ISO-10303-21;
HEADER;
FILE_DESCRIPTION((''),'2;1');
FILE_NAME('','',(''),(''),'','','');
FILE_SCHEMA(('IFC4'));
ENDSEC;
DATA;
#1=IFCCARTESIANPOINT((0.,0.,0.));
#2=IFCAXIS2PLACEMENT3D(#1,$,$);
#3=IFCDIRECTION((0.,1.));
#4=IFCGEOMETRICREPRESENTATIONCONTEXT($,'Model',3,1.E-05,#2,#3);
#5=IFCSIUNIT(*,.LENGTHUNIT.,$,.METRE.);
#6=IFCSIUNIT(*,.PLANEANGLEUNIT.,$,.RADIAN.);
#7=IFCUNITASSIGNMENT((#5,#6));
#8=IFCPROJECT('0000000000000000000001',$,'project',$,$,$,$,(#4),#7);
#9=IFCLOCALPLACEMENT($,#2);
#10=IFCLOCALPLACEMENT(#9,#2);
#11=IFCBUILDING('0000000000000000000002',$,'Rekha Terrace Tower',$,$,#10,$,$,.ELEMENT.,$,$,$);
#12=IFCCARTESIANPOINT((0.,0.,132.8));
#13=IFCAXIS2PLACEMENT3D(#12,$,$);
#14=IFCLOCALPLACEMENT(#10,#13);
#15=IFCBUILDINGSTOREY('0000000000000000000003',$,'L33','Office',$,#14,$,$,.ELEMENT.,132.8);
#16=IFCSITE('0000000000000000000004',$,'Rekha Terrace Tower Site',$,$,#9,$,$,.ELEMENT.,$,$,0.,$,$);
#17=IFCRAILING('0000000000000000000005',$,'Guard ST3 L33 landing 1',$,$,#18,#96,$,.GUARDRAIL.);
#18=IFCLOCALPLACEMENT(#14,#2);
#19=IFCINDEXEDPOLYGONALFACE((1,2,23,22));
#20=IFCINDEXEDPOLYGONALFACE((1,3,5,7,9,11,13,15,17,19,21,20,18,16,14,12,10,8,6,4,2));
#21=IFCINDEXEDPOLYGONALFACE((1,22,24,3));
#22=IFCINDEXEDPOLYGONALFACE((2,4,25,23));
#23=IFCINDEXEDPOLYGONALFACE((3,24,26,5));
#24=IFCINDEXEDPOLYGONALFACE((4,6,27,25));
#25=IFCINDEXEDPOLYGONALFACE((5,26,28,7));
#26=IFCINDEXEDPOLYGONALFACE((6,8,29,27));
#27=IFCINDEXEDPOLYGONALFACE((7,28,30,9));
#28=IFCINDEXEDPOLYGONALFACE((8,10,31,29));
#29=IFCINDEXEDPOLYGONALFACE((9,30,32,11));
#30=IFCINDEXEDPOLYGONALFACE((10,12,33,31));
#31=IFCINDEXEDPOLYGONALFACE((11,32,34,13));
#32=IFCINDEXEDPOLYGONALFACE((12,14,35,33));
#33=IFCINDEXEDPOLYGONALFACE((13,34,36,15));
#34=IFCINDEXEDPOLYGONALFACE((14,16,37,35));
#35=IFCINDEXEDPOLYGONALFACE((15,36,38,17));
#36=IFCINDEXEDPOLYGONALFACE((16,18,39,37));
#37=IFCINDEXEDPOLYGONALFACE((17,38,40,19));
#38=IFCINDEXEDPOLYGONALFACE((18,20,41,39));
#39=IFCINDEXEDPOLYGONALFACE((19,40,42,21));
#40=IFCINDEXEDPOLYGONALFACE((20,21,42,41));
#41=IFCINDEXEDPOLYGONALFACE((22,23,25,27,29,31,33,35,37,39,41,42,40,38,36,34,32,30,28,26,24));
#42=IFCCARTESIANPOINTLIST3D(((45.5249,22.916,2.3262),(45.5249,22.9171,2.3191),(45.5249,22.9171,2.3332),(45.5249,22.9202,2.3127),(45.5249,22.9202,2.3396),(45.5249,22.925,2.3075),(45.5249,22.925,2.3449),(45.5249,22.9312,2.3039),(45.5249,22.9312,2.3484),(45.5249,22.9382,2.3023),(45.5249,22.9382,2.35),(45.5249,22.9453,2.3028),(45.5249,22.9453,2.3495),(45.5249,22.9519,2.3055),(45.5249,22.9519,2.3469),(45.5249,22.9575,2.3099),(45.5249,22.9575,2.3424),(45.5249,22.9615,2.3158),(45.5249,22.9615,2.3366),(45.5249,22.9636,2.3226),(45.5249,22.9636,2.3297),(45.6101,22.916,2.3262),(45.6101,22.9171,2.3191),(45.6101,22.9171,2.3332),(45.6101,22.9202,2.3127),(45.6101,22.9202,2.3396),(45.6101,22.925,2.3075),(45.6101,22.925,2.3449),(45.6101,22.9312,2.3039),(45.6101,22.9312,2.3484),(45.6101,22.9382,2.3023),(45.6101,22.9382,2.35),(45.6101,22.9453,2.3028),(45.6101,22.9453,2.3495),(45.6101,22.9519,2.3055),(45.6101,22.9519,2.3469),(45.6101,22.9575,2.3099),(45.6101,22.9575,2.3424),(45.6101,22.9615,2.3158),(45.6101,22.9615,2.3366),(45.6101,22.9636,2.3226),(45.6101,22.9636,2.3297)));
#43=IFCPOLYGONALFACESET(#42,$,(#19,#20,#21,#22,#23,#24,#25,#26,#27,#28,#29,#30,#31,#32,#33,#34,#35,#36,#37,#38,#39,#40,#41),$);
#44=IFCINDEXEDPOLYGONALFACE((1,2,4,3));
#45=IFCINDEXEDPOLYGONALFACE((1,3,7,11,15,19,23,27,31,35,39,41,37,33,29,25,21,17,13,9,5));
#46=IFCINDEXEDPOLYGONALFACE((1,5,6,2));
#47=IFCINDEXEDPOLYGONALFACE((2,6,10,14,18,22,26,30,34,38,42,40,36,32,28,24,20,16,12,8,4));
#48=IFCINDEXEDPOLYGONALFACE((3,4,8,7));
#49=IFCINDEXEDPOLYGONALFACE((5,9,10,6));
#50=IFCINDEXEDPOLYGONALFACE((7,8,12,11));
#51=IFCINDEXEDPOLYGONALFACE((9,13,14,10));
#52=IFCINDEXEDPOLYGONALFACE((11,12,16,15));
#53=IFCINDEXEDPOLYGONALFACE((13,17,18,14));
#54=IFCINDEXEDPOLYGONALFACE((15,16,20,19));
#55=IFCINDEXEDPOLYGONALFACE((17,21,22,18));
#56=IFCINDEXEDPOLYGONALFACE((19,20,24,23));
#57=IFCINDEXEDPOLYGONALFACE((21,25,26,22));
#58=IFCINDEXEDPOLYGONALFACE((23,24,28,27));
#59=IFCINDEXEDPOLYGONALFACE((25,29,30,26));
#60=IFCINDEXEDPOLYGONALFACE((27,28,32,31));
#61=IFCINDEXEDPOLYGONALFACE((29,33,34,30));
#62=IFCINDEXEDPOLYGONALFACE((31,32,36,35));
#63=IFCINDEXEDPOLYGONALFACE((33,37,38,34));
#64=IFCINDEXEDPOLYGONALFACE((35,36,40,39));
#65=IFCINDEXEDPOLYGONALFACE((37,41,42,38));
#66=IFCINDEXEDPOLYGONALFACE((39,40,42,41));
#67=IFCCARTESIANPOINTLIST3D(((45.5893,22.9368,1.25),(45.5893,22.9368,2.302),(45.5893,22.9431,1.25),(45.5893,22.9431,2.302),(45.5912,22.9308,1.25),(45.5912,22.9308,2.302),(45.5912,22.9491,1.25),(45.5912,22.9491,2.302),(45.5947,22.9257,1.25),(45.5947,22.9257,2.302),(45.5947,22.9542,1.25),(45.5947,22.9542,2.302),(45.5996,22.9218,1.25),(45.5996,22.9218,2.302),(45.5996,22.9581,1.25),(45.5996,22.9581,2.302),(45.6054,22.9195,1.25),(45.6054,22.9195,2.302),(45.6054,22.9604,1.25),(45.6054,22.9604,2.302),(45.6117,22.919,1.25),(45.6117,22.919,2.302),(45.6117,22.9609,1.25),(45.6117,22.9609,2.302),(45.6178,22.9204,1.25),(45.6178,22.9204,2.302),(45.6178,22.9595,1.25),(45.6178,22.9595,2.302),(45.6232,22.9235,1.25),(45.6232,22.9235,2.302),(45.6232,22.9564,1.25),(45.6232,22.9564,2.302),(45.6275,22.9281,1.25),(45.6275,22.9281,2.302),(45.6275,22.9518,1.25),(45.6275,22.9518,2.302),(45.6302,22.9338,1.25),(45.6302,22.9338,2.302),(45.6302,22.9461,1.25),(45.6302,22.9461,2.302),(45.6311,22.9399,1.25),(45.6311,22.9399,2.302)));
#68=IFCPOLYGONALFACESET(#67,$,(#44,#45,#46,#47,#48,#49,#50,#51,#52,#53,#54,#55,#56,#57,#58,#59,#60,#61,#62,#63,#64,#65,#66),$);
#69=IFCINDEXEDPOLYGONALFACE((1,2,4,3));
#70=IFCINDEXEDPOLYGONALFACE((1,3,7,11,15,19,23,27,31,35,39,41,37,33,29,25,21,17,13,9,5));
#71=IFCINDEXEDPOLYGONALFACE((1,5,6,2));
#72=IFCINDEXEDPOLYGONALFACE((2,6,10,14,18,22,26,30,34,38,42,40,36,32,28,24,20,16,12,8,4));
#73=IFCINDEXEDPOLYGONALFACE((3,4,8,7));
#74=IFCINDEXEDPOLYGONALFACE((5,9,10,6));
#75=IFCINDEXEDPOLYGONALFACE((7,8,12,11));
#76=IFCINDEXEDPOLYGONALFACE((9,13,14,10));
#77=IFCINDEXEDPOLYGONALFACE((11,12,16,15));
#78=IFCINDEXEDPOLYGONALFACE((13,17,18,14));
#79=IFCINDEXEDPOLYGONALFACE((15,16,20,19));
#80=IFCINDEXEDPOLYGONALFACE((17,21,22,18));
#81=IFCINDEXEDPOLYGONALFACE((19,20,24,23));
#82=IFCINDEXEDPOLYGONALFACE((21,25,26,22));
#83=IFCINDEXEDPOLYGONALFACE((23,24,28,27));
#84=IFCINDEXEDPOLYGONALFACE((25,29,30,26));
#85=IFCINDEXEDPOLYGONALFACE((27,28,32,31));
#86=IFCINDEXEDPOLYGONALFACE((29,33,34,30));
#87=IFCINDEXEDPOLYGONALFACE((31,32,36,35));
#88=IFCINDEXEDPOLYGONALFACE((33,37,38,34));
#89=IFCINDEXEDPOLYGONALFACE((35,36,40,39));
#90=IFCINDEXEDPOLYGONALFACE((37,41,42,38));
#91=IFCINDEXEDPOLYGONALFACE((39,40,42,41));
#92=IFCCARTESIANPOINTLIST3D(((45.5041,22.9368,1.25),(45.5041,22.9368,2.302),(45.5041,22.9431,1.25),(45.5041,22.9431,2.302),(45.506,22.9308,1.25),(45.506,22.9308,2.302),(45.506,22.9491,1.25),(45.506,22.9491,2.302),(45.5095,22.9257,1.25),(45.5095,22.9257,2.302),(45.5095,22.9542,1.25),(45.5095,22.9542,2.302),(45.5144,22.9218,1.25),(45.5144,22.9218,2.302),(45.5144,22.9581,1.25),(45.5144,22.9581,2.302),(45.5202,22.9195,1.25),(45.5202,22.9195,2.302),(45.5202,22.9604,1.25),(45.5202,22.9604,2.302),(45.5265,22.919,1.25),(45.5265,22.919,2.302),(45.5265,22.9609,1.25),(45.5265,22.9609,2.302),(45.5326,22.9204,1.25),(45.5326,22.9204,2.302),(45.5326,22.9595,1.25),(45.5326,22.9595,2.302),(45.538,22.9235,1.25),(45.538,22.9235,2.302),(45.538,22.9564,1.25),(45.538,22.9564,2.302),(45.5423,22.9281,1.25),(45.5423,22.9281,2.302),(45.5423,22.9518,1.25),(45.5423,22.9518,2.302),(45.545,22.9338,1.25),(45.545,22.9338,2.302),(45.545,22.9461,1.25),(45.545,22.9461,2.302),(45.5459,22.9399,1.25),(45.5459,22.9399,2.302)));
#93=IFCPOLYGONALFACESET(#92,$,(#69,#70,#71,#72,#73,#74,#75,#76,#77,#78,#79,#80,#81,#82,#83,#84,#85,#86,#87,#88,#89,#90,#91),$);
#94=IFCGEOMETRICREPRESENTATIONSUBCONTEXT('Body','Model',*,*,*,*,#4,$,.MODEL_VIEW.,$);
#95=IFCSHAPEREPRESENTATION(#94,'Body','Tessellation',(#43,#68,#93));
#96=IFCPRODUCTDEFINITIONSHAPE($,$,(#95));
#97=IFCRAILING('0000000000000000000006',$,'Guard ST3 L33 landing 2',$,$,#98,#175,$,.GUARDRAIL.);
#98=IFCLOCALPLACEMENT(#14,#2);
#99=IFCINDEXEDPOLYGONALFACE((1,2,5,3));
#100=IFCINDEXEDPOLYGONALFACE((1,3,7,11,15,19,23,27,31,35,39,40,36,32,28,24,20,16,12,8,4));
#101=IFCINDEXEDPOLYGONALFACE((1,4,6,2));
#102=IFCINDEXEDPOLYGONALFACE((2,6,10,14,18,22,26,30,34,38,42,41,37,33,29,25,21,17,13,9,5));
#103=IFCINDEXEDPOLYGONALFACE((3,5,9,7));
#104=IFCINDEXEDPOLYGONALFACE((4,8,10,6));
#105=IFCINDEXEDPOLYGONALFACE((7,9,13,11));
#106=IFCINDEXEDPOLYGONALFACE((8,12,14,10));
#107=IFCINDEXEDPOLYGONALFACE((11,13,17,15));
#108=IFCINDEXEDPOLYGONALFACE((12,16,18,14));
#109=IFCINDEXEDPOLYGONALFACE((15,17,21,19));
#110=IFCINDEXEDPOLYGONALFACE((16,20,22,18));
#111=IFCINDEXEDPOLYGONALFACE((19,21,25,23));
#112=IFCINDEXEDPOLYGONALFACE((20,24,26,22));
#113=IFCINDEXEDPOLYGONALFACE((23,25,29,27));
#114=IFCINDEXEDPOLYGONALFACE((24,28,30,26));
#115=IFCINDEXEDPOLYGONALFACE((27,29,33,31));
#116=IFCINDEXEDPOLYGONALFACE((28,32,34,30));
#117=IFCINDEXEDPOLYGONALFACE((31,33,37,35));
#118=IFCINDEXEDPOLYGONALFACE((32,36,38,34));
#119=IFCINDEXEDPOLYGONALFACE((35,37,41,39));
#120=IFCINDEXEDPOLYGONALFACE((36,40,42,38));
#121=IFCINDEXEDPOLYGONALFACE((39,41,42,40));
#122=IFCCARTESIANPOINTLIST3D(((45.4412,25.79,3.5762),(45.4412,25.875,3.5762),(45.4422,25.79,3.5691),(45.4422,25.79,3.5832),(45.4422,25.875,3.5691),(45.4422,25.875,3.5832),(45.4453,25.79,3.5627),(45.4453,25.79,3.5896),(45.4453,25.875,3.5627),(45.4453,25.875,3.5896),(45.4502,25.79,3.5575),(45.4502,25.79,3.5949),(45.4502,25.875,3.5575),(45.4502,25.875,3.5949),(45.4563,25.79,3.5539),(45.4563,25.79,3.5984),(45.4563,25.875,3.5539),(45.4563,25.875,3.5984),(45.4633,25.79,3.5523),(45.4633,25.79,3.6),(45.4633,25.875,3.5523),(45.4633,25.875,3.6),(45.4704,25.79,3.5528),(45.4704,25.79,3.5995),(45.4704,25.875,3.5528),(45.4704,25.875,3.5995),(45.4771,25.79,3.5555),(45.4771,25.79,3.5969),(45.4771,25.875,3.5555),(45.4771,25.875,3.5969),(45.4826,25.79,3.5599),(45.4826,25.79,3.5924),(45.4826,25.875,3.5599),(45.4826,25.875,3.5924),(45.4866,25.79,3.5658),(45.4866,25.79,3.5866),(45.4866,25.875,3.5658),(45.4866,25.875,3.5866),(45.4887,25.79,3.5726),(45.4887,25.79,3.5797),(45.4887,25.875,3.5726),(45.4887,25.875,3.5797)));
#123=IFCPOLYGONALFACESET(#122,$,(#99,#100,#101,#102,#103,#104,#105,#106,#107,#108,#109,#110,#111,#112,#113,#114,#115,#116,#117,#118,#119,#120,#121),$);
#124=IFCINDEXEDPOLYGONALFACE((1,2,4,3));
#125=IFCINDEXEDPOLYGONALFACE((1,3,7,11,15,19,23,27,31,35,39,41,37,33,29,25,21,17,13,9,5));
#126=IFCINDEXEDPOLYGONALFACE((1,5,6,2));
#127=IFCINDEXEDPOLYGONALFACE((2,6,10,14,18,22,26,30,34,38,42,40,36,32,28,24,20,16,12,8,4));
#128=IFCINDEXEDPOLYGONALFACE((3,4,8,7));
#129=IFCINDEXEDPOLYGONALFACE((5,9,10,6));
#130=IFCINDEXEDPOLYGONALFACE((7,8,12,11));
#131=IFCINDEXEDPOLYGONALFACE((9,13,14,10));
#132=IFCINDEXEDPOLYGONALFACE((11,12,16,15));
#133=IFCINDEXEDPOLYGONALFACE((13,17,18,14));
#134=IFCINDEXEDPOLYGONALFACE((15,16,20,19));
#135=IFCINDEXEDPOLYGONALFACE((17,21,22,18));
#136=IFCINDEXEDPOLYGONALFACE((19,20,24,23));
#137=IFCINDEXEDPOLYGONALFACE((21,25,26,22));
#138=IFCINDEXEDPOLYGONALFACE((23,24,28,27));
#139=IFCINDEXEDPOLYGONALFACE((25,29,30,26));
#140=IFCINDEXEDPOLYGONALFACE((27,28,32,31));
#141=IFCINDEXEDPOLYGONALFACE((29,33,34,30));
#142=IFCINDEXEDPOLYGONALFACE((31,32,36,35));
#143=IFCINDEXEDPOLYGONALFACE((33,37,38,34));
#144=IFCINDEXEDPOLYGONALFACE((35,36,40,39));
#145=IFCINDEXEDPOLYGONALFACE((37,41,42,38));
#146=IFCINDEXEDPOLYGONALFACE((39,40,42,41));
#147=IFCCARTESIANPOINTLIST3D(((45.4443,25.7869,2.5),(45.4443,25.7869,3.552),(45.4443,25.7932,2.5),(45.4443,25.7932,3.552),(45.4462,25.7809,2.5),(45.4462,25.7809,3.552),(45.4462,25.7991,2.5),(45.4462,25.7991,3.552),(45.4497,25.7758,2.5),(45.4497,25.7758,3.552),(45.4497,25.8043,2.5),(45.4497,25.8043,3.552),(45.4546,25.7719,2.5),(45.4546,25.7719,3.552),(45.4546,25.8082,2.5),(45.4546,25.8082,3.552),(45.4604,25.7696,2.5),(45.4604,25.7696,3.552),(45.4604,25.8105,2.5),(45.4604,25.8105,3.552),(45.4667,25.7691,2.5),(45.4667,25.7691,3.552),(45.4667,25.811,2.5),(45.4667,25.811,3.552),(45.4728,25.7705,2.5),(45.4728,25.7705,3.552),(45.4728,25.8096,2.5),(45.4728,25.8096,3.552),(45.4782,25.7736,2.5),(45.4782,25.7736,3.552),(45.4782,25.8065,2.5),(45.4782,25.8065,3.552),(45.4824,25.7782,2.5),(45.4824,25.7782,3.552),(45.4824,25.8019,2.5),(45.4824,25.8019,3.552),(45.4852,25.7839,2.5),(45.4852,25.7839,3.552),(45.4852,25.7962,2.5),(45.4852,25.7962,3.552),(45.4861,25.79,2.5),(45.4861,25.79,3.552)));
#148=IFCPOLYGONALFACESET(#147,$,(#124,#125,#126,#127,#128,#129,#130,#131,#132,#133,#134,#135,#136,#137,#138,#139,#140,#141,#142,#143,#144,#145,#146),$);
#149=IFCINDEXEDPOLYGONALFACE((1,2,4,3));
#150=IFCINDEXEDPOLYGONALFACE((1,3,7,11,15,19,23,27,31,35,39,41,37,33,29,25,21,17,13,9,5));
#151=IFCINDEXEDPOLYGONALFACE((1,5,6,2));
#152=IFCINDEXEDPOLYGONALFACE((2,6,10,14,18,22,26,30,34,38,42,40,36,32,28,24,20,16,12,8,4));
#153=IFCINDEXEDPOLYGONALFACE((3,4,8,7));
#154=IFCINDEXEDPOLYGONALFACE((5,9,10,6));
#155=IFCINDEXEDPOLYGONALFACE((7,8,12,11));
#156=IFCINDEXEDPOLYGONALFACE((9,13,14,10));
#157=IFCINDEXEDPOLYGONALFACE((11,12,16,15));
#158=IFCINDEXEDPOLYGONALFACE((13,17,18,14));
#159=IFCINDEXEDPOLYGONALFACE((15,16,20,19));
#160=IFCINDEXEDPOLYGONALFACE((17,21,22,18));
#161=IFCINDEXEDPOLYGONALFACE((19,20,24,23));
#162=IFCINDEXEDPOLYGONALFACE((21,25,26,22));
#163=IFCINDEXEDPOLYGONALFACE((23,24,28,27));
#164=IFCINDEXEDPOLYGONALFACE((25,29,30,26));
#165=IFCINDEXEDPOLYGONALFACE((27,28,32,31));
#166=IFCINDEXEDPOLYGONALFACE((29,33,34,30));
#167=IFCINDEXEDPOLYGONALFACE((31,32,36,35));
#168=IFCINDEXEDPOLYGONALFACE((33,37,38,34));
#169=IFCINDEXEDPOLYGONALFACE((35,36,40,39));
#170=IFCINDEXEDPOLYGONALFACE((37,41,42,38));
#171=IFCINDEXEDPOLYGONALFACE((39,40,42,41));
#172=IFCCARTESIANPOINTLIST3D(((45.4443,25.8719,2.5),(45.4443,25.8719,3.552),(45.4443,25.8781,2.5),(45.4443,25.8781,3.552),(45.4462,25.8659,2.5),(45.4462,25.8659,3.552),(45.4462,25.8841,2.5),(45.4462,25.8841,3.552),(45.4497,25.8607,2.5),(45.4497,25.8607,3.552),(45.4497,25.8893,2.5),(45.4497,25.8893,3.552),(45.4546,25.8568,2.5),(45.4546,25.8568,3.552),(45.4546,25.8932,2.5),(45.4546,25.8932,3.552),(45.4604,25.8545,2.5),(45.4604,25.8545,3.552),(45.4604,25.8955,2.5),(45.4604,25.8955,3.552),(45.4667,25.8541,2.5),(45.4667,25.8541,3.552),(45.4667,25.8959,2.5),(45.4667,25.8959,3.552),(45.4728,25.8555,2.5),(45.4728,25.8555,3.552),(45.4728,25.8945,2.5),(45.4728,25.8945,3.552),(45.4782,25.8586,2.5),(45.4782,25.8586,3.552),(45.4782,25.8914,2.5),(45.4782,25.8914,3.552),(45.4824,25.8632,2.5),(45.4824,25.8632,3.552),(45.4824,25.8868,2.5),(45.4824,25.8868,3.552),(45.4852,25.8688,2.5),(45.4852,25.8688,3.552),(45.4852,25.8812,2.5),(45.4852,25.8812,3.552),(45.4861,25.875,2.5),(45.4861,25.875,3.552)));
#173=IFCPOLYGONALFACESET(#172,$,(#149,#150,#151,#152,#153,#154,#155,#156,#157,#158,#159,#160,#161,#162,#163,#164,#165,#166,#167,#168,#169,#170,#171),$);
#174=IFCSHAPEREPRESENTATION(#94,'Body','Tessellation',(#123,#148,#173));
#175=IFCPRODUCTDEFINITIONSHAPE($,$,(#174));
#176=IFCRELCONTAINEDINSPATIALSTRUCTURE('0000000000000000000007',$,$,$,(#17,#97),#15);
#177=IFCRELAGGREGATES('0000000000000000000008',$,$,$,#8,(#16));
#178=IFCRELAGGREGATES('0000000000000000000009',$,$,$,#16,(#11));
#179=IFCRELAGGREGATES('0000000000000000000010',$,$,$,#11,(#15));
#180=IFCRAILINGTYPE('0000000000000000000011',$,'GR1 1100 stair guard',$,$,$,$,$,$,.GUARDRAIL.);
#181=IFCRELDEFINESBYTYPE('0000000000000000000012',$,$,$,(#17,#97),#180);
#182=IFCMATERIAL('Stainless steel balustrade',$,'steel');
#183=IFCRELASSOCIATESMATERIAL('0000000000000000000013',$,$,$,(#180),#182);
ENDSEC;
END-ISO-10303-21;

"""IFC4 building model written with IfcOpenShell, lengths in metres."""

from ifc_helpers import new_model, si_unit, direction, frame, origin, origin_2d, place, context, subcontext, project, spatial, circle, extrude, material, type_object, element, save


model = new_model("IFC4")

# Units and contexts
model_context = context("Model", 3, precision=1e-05, world=origin(), true_north=direction((0.0, 1.0)))
body_context = subcontext(model_context, "Body", "Model", "MODEL_VIEW")
ifc_project = project(units=[si_unit("LENGTHUNIT", "METRE"), si_unit("PLANEANGLEUNIT", "RADIAN")], contexts=[model_context])

# Site, building, storey
site_placement = place(None, origin())
site = spatial("IfcSite", under=ifc_project, at=site_placement, Name="Rekha Terrace Tower Site", CompositionType="ELEMENT", RefElevation=0.0)
building_placement = place(site_placement, origin())
building = spatial("IfcBuilding", under=site, at=building_placement, Name="Rekha Terrace Tower", CompositionType="ELEMENT")
storey_placement = place(building_placement, frame((0.0, 0.0, 132.8)))
storey = spatial("IfcBuildingStorey", under=building, at=storey_placement, Name="L33", Description="Office", CompositionType="ELEMENT", Elevation=132.8)

# Railings
ifc_material_1 = material(Name="Stainless steel balustrade", Category="steel")
railing_type_1 = type_object("IfcRailingType", Name="GR1 1100 stair guard", PredefinedType="GUARDRAIL", material=ifc_material_1)
railing_1_placement = place(storey_placement, frame((45.6101, 22.9399, 1.25)))
element("IfcRailing", 1, at=railing_1_placement, inside=storey, type_object=railing_type_1, Name="Guard ST3 L33 landing 1", PredefinedType="GUARDRAIL", context=body_context, shape_type="SweptSolid", body=[
    extrude(circle(Radius=0.0239, at=origin_2d()), frame((0.0, 0.0, 1.0762), z_axis=(-1.0, 0.0, 0.0), x_axis=(0.0, -1.0, 0.0)), (0.0, 0.0, 1.0), 0.0852),
    extrude(circle(Radius=0.021, at=origin_2d()), origin(), (0.0, 0.0, 1.0), 1.052),
    extrude(circle(Radius=0.021, at=origin_2d()), frame((-0.0852, 0.0, 0.0)), (0.0, 0.0, 1.0), 1.052),
])
railing_2_placement = place(storey_placement, frame((45.4651, 25.79, 2.5)))
element("IfcRailing", 2, at=railing_2_placement, inside=storey, type_object=railing_type_1, Name="Guard ST3 L33 landing 2", PredefinedType="GUARDRAIL", context=body_context, shape_type="SweptSolid", body=[
    extrude(circle(Radius=0.0239, at=origin_2d()), frame((0.0, 0.0, 1.0762), z_axis=(0.0, 1.0, 0.0), x_axis=(-1.0, 0.0, 0.0)), (0.0, 0.0, 1.0), 0.085),
    extrude(circle(Radius=0.021, at=origin_2d()), origin(), (0.0, 0.0, 1.0), 1.052),
    extrude(circle(Radius=0.021, at=origin_2d()), frame((0.0, 0.085, 0.0)), (0.0, 0.0, 1.0), 1.052),
])

save(model, "model.ifc")
